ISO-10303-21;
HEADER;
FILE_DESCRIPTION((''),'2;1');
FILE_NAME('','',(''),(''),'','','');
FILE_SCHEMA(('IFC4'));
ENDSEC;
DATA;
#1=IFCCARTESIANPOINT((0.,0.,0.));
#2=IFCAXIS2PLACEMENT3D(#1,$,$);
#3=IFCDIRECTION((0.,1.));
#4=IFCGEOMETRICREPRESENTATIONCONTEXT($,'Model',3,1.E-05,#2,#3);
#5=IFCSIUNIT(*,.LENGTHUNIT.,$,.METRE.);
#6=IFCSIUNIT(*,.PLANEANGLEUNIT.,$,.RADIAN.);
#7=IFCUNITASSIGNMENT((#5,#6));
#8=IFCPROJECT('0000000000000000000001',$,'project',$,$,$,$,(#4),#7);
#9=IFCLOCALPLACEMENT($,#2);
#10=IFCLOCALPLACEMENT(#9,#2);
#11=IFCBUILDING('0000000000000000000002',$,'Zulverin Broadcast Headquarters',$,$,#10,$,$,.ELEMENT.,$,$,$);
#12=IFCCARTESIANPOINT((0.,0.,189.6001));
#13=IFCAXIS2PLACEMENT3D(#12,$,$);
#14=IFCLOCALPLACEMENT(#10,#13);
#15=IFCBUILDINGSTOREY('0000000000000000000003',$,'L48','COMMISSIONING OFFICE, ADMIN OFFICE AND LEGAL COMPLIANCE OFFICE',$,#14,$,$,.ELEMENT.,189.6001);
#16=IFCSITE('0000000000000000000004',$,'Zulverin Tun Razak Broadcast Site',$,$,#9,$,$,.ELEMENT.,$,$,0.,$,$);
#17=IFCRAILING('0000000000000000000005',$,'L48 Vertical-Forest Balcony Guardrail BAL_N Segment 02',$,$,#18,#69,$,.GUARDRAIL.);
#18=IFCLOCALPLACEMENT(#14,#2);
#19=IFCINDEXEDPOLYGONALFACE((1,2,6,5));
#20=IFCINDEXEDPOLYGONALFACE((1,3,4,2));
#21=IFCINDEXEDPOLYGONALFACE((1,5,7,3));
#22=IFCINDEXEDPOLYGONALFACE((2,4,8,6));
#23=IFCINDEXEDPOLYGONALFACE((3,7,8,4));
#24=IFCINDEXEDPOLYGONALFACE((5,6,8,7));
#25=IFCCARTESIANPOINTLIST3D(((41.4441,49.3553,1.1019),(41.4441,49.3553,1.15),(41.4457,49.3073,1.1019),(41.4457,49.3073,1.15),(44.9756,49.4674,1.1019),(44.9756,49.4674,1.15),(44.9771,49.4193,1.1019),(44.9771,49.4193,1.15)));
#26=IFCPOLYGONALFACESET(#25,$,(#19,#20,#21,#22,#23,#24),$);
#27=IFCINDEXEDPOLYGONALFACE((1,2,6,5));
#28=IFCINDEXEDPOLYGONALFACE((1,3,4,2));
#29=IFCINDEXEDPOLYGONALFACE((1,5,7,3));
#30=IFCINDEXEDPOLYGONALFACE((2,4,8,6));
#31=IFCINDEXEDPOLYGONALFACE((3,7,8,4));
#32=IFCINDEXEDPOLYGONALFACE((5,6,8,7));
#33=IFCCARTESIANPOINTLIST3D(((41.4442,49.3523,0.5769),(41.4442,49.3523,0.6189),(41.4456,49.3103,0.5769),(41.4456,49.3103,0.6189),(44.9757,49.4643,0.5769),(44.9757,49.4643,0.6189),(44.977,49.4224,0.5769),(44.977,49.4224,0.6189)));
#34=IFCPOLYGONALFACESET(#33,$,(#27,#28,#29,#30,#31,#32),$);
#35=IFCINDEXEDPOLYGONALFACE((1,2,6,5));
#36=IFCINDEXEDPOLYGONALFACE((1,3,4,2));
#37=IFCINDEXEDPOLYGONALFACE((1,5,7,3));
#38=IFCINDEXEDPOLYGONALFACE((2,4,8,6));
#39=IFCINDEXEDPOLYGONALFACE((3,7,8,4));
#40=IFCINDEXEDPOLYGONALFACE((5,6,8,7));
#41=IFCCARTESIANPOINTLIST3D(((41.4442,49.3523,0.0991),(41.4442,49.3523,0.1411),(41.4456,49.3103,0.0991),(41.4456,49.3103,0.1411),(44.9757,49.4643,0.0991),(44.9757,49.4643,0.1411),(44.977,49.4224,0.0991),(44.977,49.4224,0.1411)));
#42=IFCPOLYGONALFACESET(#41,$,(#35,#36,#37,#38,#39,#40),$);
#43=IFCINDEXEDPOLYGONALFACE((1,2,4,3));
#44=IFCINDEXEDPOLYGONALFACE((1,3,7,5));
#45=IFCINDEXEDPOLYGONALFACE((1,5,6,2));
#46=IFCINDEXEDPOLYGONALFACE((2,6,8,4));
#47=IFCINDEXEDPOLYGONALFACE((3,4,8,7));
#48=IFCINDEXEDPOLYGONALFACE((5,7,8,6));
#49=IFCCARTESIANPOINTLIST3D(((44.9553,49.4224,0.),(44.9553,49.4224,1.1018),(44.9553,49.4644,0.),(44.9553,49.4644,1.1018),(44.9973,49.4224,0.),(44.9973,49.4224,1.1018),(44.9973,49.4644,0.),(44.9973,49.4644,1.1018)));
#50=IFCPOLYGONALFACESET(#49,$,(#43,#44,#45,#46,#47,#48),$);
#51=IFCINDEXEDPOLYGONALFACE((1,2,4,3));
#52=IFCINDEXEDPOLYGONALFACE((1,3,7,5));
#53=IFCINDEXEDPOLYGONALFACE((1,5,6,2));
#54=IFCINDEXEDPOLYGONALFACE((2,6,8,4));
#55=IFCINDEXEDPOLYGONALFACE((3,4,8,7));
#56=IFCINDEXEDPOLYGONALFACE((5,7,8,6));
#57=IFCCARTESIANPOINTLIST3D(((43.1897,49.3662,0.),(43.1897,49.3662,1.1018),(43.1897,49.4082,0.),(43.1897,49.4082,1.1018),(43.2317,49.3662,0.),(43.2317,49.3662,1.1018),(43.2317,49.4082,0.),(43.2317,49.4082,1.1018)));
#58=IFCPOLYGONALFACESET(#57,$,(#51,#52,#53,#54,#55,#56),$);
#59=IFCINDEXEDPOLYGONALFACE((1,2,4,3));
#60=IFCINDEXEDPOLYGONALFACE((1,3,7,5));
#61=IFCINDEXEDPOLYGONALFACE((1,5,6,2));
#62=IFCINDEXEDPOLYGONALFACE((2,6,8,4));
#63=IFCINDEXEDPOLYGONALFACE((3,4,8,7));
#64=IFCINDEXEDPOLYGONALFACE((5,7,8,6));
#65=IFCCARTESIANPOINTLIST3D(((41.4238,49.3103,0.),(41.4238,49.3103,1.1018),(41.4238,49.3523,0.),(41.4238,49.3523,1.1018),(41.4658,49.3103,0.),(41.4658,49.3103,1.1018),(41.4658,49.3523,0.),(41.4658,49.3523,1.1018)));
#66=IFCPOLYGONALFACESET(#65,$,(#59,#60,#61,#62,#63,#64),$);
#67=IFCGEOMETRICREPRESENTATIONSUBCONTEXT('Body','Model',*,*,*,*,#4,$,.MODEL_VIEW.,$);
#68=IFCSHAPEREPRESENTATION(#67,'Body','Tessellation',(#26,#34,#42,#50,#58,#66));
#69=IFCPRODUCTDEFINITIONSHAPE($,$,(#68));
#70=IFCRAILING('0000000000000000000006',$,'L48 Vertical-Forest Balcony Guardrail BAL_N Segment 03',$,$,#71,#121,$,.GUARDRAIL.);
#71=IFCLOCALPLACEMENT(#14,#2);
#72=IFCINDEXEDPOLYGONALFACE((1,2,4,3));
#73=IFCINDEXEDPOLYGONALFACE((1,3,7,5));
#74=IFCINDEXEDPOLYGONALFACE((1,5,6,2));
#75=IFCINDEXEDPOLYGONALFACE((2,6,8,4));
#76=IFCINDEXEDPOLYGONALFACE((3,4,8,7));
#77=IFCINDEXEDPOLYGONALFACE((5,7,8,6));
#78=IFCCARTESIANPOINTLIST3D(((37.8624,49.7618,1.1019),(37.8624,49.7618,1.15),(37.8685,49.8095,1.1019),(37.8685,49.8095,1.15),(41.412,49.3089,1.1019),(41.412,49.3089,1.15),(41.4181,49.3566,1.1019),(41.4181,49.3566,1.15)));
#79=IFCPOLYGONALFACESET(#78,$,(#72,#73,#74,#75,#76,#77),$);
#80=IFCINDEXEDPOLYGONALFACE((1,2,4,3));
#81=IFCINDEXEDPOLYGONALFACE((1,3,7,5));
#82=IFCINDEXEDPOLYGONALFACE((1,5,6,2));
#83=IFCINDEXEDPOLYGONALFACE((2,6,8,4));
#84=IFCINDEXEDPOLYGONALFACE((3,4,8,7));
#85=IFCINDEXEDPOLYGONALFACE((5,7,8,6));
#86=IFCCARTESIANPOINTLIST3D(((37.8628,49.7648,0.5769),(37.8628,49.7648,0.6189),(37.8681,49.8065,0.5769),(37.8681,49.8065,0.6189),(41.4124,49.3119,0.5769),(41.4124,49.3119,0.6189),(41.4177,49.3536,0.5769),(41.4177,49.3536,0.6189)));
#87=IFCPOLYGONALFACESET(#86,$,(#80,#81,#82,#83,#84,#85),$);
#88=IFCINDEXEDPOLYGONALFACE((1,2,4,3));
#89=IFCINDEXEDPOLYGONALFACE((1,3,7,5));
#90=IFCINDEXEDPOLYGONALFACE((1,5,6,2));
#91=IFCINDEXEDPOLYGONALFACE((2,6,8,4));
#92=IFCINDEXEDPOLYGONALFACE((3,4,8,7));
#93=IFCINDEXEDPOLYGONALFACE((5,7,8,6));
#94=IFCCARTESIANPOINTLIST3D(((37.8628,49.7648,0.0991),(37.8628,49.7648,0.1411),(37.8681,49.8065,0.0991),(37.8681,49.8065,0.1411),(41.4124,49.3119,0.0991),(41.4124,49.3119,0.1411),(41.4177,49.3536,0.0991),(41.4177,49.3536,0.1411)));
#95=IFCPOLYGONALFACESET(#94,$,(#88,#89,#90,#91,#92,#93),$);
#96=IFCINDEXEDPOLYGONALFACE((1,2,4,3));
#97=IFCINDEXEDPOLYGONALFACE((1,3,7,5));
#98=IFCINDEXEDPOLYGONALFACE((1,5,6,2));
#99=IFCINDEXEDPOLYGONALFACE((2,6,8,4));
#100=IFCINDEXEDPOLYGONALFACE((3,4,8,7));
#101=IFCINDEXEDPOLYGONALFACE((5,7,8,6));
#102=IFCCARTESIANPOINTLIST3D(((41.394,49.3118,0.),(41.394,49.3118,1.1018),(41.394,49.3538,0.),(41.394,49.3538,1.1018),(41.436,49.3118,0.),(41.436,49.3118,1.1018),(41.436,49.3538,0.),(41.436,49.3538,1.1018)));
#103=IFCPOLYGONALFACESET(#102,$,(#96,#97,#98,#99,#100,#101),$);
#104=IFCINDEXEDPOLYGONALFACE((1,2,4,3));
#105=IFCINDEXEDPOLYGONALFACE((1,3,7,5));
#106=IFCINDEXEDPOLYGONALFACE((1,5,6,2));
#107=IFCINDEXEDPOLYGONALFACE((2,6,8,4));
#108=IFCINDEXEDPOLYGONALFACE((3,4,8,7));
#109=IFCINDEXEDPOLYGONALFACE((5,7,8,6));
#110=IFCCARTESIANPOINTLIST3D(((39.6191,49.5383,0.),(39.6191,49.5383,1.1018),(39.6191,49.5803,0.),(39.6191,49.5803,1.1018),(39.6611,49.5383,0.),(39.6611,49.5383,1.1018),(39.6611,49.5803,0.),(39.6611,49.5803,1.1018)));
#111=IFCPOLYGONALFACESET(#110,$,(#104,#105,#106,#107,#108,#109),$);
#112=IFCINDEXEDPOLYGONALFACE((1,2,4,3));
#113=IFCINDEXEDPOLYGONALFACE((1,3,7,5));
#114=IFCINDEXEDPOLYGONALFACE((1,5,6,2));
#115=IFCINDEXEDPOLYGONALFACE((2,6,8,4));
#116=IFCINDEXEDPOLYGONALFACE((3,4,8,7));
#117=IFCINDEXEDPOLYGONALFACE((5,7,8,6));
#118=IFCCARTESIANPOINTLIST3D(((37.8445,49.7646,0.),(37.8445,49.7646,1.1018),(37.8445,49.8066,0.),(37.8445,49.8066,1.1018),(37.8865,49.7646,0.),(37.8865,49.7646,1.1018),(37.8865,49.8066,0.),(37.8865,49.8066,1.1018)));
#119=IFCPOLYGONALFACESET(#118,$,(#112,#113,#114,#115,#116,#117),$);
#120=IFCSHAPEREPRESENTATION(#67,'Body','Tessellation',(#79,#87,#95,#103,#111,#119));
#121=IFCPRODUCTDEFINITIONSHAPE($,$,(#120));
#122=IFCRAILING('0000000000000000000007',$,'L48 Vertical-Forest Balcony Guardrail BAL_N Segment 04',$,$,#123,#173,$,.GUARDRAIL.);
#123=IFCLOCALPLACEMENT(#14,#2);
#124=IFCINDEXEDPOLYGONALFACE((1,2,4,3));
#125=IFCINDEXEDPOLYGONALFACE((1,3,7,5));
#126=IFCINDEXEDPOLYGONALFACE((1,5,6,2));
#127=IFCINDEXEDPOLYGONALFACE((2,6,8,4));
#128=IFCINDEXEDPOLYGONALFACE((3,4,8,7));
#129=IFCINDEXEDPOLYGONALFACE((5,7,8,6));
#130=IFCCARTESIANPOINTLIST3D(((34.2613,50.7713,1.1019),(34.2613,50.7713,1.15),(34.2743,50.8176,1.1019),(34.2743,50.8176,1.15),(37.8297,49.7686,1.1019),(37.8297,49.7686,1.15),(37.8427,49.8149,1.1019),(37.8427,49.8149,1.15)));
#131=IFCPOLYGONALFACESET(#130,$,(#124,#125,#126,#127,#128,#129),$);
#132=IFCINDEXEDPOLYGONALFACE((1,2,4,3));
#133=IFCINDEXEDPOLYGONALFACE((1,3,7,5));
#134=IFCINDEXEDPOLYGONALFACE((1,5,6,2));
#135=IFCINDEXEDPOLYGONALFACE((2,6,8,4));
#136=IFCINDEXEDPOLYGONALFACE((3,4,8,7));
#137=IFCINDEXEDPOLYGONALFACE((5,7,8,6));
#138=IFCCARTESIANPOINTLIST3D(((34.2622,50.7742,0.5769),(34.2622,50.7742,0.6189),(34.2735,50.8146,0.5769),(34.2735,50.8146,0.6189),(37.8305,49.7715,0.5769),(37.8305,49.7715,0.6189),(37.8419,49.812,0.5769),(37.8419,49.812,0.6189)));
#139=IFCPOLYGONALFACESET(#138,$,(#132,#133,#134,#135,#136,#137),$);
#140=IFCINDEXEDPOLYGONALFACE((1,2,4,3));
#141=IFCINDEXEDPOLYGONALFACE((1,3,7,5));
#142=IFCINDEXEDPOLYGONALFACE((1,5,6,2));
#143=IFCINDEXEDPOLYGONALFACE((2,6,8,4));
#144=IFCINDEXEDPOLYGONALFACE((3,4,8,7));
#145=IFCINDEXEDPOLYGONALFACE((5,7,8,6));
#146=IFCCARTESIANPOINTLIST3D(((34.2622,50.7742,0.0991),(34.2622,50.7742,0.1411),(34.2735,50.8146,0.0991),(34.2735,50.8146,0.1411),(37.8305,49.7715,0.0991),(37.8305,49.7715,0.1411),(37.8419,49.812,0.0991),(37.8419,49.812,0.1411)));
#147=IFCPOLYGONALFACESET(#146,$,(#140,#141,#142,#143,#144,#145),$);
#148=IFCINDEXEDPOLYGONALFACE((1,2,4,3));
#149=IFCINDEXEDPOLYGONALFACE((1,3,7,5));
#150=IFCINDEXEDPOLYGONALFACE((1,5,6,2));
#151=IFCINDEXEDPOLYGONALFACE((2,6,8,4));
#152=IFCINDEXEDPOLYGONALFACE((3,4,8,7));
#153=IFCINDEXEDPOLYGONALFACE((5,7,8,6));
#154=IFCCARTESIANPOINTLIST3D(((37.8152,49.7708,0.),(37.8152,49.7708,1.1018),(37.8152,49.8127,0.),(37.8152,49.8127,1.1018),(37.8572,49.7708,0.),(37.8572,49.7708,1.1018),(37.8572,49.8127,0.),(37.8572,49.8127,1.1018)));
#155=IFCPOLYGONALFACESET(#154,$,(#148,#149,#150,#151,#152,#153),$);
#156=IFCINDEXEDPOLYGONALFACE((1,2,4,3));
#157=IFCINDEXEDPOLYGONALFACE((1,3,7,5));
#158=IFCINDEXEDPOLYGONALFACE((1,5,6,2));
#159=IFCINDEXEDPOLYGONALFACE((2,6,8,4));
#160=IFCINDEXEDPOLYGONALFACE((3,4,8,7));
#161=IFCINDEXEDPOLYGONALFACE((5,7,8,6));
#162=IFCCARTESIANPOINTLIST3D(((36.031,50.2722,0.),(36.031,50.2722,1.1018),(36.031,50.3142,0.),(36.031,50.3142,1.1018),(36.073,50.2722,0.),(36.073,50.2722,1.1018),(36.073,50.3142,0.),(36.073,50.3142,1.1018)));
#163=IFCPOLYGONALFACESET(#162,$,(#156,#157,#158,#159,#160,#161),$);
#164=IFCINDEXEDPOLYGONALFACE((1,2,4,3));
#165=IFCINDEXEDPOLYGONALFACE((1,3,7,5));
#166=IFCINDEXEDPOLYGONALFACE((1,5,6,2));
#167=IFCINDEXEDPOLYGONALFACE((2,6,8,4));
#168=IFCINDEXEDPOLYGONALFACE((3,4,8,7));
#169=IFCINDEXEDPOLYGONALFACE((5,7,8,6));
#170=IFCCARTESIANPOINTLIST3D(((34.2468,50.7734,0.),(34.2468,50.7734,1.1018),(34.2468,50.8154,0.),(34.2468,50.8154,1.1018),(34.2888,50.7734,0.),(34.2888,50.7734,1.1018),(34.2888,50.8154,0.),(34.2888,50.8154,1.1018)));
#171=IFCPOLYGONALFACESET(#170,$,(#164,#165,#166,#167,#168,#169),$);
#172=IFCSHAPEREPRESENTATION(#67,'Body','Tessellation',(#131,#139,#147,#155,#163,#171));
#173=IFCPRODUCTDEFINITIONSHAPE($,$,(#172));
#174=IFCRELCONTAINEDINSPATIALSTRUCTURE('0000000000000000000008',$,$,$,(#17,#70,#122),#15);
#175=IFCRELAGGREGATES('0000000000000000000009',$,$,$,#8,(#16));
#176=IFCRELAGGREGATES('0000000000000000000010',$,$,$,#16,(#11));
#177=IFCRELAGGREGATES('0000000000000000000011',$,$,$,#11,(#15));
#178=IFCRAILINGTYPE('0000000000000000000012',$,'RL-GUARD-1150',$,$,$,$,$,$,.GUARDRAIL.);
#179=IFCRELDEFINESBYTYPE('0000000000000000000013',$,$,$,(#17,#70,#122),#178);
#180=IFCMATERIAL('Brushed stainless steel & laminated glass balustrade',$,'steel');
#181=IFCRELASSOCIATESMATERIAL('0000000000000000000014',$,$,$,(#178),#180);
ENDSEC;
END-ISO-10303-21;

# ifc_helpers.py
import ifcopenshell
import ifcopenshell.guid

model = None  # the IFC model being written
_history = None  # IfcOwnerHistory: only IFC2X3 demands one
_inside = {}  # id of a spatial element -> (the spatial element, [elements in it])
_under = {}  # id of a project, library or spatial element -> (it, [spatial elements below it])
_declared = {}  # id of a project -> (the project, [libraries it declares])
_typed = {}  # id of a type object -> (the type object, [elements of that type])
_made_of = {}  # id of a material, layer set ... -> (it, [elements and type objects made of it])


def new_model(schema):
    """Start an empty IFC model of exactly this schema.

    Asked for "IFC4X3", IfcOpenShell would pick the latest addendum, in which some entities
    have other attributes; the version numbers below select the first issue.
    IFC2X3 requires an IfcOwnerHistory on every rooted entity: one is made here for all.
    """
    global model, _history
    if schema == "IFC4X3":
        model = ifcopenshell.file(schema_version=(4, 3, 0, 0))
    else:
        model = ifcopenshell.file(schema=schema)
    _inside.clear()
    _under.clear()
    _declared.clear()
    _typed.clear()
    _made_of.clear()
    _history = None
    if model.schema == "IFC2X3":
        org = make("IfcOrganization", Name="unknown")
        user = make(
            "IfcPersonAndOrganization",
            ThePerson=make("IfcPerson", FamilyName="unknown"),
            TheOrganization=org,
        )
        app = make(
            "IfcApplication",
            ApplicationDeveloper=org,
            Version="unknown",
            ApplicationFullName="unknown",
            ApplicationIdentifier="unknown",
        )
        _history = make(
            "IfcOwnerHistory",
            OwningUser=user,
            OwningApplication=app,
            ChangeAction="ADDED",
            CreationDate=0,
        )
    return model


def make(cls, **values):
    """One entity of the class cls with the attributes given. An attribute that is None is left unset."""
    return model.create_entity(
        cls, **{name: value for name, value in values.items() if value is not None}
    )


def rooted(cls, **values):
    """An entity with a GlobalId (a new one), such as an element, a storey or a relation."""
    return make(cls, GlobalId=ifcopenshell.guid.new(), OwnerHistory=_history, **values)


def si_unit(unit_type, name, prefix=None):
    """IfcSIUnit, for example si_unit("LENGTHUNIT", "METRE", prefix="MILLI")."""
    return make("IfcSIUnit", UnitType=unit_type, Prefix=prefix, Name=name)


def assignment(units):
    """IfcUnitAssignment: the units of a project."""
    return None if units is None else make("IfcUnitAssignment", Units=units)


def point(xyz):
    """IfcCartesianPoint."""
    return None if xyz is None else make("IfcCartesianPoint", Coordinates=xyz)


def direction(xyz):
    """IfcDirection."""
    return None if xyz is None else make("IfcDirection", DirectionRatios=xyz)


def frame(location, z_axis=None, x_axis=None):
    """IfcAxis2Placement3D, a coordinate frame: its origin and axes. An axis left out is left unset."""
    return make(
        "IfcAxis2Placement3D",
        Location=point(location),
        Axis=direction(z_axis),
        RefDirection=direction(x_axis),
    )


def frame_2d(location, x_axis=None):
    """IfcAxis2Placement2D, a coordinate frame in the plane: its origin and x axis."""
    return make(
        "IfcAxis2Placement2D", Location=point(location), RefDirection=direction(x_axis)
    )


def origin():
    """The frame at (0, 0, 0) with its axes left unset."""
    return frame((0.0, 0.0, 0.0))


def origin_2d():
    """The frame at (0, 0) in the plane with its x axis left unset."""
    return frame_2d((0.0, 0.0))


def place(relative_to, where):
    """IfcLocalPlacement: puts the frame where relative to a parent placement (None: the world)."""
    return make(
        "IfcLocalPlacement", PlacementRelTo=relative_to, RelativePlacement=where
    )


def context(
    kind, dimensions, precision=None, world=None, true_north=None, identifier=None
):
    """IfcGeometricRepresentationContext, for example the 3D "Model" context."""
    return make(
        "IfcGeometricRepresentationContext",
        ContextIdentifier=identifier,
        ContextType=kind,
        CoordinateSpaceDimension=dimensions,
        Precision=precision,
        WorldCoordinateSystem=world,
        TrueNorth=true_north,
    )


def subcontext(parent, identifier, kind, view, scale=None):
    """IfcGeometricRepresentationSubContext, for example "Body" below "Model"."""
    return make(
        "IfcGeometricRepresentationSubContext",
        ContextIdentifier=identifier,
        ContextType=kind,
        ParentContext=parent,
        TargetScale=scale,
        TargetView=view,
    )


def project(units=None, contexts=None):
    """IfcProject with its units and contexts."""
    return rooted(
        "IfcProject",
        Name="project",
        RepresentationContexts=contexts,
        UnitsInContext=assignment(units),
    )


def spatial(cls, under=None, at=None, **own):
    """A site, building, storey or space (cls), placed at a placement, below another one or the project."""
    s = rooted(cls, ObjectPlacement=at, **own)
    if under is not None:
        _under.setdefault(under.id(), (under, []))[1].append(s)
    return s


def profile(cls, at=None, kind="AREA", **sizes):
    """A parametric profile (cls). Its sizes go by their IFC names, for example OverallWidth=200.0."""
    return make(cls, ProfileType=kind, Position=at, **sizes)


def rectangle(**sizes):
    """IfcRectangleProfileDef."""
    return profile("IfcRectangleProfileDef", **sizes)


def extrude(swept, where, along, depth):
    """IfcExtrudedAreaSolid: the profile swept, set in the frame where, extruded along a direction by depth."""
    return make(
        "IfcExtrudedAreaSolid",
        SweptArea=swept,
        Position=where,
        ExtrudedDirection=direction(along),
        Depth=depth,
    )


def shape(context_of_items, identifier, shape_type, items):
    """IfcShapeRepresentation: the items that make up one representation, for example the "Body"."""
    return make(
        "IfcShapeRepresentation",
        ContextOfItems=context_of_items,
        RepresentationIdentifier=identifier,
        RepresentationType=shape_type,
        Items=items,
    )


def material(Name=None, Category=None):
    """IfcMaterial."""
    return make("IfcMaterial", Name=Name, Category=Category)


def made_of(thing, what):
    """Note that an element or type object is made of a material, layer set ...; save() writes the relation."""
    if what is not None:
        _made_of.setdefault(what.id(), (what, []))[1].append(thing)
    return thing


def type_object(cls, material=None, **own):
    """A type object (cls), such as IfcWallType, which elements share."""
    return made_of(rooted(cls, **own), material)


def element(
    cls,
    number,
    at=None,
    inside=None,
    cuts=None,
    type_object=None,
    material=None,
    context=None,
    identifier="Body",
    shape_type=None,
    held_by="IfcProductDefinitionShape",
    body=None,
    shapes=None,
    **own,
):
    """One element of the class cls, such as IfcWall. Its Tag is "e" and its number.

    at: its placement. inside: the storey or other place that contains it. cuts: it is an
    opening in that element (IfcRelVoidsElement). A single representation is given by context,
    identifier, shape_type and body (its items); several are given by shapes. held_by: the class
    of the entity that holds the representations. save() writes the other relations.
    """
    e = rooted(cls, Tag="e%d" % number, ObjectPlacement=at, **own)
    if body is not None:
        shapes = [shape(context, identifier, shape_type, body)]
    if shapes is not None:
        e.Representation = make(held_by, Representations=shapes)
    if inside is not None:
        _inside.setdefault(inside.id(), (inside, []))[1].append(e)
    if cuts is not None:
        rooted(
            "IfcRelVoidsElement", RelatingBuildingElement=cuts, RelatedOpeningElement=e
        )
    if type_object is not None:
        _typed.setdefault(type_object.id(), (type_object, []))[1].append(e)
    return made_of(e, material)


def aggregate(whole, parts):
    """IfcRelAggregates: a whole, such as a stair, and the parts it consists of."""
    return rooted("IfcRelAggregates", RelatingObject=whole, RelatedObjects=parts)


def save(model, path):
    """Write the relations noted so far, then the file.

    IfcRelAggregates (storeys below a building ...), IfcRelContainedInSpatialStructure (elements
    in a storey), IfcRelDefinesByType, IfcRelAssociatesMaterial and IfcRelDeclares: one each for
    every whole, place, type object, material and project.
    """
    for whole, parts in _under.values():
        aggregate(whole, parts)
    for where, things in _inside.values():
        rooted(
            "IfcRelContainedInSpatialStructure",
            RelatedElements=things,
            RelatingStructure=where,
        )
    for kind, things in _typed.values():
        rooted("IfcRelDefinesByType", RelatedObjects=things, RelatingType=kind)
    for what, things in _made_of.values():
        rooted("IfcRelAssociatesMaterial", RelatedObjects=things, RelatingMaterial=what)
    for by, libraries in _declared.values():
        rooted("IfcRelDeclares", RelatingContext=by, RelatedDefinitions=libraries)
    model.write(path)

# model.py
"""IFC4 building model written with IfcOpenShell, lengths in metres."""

from ifc_helpers import new_model, si_unit, direction, frame, origin, origin_2d, place, context, subcontext, project, spatial, rectangle, extrude, material, type_object, element, save


model = new_model("IFC4")

# Units and contexts
model_context = context("Model", 3, precision=1e-05, world=origin(), true_north=direction((0.0, 1.0)))
body_context = subcontext(model_context, "Body", "Model", "MODEL_VIEW")
ifc_project = project(units=[si_unit("LENGTHUNIT", "METRE"), si_unit("PLANEANGLEUNIT", "RADIAN")], contexts=[model_context])

# Site, building, storey
site_placement = place(None, origin())
site = spatial("IfcSite", under=ifc_project, at=site_placement, Name="Zulverin Tun Razak Broadcast Site", CompositionType="ELEMENT", RefElevation=0.0)
building_placement = place(site_placement, origin())
building = spatial("IfcBuilding", under=site, at=building_placement, Name="Zulverin Broadcast Headquarters", CompositionType="ELEMENT")
storey_placement = place(building_placement, frame((0.0, 0.0, 189.6001)))
storey = spatial("IfcBuildingStorey", under=building, at=storey_placement, Name="L48", Description="COMMISSIONING OFFICE, ADMIN OFFICE AND LEGAL COMPLIANCE OFFICE", CompositionType="ELEMENT", Elevation=189.6001)

# Railings
ifc_material_1 = material(Name="Brushed stainless steel & laminated glass balustrade", Category="steel")
railing_type_1 = type_object("IfcRailingType", Name="RL-GUARD-1150", PredefinedType="GUARDRAIL", material=ifc_material_1)
railing_1_placement = place(storey_placement, frame((44.9763, 49.4434, 0.0)))
element("IfcRailing", 1, at=railing_1_placement, inside=storey, type_object=railing_type_1, Name="L48 Vertical-Forest Balcony Guardrail BAL_N Segment 02", PredefinedType="GUARDRAIL", context=body_context, shape_type="SweptSolid", body=[
    extrude(rectangle(XDim=0.0481, YDim=0.0481, at=origin_2d()), frame((0.0, 0.0, 1.126), z_axis=(-0.999497, -0.031716, 0.0), x_axis=(0.031716, -0.999497, 0.0)), (0.0, 0.0, 1.0), 3.5332),
    extrude(rectangle(XDim=0.042, YDim=0.042, at=origin_2d()), frame((0.0, 0.0, 0.5979), z_axis=(-0.999497, -0.031716, 0.0), x_axis=(0.031716, -0.999497, 0.0)), (0.0, 0.0, 1.0), 3.5332),
    extrude(rectangle(XDim=0.042, YDim=0.042, at=origin_2d()), frame((0.0, 0.0, 0.1201), z_axis=(-0.999497, -0.031716, 0.0), x_axis=(0.031716, -0.999497, 0.0)), (0.0, 0.0, 1.0), 3.5332),
    extrude(rectangle(XDim=0.042, YDim=0.042, at=origin_2d()), origin(), (0.0, 0.0, 1.0), 1.1018),
    extrude(rectangle(XDim=0.042, YDim=0.042, at=origin_2d()), frame((-1.7656, -0.0562, 0.0)), (0.0, 0.0, 1.0), 1.1018),
    extrude(rectangle(XDim=0.042, YDim=0.042, at=origin_2d()), frame((-3.5315, -0.1121, 0.0)), (0.0, 0.0, 1.0), 1.1018),
])
railing_2_placement = place(storey_placement, frame((41.415, 49.3328, 0.0)))
element("IfcRailing", 2, at=railing_2_placement, inside=storey, type_object=railing_type_1, Name="L48 Vertical-Forest Balcony Guardrail BAL_N Segment 03", PredefinedType="GUARDRAIL", context=body_context, shape_type="SweptSolid", body=[
    extrude(rectangle(XDim=0.0481, YDim=0.0481, at=origin_2d()), frame((0.0, 0.0, 1.126), z_axis=(-0.991959, 0.126562, 0.0), x_axis=(-0.126562, -0.991959, 0.0)), (0.0, 0.0, 1.0), 3.5784),
    extrude(rectangle(XDim=0.042, YDim=0.042, at=origin_2d()), frame((0.0, 0.0, 0.5979), z_axis=(-0.991959, 0.126562, 0.0), x_axis=(-0.126562, -0.991959, 0.0)), (0.0, 0.0, 1.0), 3.5784),
    extrude(rectangle(XDim=0.042, YDim=0.042, at=origin_2d()), frame((0.0, 0.0, 0.1201), z_axis=(-0.991959, 0.126562, 0.0), x_axis=(-0.126562, -0.991959, 0.0)), (0.0, 0.0, 1.0), 3.5784),
    extrude(rectangle(XDim=0.042, YDim=0.042, at=origin_2d()), origin(), (0.0, 0.0, 1.0), 1.1018),
    extrude(rectangle(XDim=0.042, YDim=0.042, at=origin_2d()), frame((-1.7749, 0.2266, 0.0)), (0.0, 0.0, 1.0), 1.1018),
    extrude(rectangle(XDim=0.042, YDim=0.042, at=origin_2d()), frame((-3.5496, 0.4529, 0.0)), (0.0, 0.0, 1.0), 1.1018),
])
railing_3_placement = place(storey_placement, frame((37.8362, 49.7917, 0.0)))
element("IfcRailing", 3, at=railing_3_placement, inside=storey, type_object=railing_type_1, Name="L48 Vertical-Forest Balcony Guardrail BAL_N Segment 04", PredefinedType="GUARDRAIL", context=body_context, shape_type="SweptSolid", body=[
    extrude(rectangle(XDim=0.0481, YDim=0.0481, at=origin_2d()), frame((0.0, 0.0, 1.126), z_axis=(-0.962715, 0.270517, 0.0), x_axis=(-0.270517, -0.962715, 0.0)), (0.0, 0.0, 1.0), 3.7065),
    extrude(rectangle(XDim=0.042, YDim=0.042, at=origin_2d()), frame((0.0, 0.0, 0.5979), z_axis=(-0.962715, 0.270517, 0.0), x_axis=(-0.270517, -0.962715, 0.0)), (0.0, 0.0, 1.0), 3.7065),
    extrude(rectangle(XDim=0.042, YDim=0.042, at=origin_2d()), frame((0.0, 0.0, 0.1201), z_axis=(-0.962715, 0.270517, 0.0), x_axis=(-0.270517, -0.962715, 0.0)), (0.0, 0.0, 1.0), 3.7065),
    extrude(rectangle(XDim=0.042, YDim=0.042, at=origin_2d()), origin(), (0.0, 0.0, 1.0), 1.1018),
    extrude(rectangle(XDim=0.042, YDim=0.042, at=origin_2d()), frame((-1.7842, 0.5015, 0.0)), (0.0, 0.0, 1.0), 1.1018),
    extrude(rectangle(XDim=0.042, YDim=0.042, at=origin_2d()), frame((-3.5684, 1.0027, 0.0)), (0.0, 0.0, 1.0), 1.1018),
])

save(model, "model.ifc")
